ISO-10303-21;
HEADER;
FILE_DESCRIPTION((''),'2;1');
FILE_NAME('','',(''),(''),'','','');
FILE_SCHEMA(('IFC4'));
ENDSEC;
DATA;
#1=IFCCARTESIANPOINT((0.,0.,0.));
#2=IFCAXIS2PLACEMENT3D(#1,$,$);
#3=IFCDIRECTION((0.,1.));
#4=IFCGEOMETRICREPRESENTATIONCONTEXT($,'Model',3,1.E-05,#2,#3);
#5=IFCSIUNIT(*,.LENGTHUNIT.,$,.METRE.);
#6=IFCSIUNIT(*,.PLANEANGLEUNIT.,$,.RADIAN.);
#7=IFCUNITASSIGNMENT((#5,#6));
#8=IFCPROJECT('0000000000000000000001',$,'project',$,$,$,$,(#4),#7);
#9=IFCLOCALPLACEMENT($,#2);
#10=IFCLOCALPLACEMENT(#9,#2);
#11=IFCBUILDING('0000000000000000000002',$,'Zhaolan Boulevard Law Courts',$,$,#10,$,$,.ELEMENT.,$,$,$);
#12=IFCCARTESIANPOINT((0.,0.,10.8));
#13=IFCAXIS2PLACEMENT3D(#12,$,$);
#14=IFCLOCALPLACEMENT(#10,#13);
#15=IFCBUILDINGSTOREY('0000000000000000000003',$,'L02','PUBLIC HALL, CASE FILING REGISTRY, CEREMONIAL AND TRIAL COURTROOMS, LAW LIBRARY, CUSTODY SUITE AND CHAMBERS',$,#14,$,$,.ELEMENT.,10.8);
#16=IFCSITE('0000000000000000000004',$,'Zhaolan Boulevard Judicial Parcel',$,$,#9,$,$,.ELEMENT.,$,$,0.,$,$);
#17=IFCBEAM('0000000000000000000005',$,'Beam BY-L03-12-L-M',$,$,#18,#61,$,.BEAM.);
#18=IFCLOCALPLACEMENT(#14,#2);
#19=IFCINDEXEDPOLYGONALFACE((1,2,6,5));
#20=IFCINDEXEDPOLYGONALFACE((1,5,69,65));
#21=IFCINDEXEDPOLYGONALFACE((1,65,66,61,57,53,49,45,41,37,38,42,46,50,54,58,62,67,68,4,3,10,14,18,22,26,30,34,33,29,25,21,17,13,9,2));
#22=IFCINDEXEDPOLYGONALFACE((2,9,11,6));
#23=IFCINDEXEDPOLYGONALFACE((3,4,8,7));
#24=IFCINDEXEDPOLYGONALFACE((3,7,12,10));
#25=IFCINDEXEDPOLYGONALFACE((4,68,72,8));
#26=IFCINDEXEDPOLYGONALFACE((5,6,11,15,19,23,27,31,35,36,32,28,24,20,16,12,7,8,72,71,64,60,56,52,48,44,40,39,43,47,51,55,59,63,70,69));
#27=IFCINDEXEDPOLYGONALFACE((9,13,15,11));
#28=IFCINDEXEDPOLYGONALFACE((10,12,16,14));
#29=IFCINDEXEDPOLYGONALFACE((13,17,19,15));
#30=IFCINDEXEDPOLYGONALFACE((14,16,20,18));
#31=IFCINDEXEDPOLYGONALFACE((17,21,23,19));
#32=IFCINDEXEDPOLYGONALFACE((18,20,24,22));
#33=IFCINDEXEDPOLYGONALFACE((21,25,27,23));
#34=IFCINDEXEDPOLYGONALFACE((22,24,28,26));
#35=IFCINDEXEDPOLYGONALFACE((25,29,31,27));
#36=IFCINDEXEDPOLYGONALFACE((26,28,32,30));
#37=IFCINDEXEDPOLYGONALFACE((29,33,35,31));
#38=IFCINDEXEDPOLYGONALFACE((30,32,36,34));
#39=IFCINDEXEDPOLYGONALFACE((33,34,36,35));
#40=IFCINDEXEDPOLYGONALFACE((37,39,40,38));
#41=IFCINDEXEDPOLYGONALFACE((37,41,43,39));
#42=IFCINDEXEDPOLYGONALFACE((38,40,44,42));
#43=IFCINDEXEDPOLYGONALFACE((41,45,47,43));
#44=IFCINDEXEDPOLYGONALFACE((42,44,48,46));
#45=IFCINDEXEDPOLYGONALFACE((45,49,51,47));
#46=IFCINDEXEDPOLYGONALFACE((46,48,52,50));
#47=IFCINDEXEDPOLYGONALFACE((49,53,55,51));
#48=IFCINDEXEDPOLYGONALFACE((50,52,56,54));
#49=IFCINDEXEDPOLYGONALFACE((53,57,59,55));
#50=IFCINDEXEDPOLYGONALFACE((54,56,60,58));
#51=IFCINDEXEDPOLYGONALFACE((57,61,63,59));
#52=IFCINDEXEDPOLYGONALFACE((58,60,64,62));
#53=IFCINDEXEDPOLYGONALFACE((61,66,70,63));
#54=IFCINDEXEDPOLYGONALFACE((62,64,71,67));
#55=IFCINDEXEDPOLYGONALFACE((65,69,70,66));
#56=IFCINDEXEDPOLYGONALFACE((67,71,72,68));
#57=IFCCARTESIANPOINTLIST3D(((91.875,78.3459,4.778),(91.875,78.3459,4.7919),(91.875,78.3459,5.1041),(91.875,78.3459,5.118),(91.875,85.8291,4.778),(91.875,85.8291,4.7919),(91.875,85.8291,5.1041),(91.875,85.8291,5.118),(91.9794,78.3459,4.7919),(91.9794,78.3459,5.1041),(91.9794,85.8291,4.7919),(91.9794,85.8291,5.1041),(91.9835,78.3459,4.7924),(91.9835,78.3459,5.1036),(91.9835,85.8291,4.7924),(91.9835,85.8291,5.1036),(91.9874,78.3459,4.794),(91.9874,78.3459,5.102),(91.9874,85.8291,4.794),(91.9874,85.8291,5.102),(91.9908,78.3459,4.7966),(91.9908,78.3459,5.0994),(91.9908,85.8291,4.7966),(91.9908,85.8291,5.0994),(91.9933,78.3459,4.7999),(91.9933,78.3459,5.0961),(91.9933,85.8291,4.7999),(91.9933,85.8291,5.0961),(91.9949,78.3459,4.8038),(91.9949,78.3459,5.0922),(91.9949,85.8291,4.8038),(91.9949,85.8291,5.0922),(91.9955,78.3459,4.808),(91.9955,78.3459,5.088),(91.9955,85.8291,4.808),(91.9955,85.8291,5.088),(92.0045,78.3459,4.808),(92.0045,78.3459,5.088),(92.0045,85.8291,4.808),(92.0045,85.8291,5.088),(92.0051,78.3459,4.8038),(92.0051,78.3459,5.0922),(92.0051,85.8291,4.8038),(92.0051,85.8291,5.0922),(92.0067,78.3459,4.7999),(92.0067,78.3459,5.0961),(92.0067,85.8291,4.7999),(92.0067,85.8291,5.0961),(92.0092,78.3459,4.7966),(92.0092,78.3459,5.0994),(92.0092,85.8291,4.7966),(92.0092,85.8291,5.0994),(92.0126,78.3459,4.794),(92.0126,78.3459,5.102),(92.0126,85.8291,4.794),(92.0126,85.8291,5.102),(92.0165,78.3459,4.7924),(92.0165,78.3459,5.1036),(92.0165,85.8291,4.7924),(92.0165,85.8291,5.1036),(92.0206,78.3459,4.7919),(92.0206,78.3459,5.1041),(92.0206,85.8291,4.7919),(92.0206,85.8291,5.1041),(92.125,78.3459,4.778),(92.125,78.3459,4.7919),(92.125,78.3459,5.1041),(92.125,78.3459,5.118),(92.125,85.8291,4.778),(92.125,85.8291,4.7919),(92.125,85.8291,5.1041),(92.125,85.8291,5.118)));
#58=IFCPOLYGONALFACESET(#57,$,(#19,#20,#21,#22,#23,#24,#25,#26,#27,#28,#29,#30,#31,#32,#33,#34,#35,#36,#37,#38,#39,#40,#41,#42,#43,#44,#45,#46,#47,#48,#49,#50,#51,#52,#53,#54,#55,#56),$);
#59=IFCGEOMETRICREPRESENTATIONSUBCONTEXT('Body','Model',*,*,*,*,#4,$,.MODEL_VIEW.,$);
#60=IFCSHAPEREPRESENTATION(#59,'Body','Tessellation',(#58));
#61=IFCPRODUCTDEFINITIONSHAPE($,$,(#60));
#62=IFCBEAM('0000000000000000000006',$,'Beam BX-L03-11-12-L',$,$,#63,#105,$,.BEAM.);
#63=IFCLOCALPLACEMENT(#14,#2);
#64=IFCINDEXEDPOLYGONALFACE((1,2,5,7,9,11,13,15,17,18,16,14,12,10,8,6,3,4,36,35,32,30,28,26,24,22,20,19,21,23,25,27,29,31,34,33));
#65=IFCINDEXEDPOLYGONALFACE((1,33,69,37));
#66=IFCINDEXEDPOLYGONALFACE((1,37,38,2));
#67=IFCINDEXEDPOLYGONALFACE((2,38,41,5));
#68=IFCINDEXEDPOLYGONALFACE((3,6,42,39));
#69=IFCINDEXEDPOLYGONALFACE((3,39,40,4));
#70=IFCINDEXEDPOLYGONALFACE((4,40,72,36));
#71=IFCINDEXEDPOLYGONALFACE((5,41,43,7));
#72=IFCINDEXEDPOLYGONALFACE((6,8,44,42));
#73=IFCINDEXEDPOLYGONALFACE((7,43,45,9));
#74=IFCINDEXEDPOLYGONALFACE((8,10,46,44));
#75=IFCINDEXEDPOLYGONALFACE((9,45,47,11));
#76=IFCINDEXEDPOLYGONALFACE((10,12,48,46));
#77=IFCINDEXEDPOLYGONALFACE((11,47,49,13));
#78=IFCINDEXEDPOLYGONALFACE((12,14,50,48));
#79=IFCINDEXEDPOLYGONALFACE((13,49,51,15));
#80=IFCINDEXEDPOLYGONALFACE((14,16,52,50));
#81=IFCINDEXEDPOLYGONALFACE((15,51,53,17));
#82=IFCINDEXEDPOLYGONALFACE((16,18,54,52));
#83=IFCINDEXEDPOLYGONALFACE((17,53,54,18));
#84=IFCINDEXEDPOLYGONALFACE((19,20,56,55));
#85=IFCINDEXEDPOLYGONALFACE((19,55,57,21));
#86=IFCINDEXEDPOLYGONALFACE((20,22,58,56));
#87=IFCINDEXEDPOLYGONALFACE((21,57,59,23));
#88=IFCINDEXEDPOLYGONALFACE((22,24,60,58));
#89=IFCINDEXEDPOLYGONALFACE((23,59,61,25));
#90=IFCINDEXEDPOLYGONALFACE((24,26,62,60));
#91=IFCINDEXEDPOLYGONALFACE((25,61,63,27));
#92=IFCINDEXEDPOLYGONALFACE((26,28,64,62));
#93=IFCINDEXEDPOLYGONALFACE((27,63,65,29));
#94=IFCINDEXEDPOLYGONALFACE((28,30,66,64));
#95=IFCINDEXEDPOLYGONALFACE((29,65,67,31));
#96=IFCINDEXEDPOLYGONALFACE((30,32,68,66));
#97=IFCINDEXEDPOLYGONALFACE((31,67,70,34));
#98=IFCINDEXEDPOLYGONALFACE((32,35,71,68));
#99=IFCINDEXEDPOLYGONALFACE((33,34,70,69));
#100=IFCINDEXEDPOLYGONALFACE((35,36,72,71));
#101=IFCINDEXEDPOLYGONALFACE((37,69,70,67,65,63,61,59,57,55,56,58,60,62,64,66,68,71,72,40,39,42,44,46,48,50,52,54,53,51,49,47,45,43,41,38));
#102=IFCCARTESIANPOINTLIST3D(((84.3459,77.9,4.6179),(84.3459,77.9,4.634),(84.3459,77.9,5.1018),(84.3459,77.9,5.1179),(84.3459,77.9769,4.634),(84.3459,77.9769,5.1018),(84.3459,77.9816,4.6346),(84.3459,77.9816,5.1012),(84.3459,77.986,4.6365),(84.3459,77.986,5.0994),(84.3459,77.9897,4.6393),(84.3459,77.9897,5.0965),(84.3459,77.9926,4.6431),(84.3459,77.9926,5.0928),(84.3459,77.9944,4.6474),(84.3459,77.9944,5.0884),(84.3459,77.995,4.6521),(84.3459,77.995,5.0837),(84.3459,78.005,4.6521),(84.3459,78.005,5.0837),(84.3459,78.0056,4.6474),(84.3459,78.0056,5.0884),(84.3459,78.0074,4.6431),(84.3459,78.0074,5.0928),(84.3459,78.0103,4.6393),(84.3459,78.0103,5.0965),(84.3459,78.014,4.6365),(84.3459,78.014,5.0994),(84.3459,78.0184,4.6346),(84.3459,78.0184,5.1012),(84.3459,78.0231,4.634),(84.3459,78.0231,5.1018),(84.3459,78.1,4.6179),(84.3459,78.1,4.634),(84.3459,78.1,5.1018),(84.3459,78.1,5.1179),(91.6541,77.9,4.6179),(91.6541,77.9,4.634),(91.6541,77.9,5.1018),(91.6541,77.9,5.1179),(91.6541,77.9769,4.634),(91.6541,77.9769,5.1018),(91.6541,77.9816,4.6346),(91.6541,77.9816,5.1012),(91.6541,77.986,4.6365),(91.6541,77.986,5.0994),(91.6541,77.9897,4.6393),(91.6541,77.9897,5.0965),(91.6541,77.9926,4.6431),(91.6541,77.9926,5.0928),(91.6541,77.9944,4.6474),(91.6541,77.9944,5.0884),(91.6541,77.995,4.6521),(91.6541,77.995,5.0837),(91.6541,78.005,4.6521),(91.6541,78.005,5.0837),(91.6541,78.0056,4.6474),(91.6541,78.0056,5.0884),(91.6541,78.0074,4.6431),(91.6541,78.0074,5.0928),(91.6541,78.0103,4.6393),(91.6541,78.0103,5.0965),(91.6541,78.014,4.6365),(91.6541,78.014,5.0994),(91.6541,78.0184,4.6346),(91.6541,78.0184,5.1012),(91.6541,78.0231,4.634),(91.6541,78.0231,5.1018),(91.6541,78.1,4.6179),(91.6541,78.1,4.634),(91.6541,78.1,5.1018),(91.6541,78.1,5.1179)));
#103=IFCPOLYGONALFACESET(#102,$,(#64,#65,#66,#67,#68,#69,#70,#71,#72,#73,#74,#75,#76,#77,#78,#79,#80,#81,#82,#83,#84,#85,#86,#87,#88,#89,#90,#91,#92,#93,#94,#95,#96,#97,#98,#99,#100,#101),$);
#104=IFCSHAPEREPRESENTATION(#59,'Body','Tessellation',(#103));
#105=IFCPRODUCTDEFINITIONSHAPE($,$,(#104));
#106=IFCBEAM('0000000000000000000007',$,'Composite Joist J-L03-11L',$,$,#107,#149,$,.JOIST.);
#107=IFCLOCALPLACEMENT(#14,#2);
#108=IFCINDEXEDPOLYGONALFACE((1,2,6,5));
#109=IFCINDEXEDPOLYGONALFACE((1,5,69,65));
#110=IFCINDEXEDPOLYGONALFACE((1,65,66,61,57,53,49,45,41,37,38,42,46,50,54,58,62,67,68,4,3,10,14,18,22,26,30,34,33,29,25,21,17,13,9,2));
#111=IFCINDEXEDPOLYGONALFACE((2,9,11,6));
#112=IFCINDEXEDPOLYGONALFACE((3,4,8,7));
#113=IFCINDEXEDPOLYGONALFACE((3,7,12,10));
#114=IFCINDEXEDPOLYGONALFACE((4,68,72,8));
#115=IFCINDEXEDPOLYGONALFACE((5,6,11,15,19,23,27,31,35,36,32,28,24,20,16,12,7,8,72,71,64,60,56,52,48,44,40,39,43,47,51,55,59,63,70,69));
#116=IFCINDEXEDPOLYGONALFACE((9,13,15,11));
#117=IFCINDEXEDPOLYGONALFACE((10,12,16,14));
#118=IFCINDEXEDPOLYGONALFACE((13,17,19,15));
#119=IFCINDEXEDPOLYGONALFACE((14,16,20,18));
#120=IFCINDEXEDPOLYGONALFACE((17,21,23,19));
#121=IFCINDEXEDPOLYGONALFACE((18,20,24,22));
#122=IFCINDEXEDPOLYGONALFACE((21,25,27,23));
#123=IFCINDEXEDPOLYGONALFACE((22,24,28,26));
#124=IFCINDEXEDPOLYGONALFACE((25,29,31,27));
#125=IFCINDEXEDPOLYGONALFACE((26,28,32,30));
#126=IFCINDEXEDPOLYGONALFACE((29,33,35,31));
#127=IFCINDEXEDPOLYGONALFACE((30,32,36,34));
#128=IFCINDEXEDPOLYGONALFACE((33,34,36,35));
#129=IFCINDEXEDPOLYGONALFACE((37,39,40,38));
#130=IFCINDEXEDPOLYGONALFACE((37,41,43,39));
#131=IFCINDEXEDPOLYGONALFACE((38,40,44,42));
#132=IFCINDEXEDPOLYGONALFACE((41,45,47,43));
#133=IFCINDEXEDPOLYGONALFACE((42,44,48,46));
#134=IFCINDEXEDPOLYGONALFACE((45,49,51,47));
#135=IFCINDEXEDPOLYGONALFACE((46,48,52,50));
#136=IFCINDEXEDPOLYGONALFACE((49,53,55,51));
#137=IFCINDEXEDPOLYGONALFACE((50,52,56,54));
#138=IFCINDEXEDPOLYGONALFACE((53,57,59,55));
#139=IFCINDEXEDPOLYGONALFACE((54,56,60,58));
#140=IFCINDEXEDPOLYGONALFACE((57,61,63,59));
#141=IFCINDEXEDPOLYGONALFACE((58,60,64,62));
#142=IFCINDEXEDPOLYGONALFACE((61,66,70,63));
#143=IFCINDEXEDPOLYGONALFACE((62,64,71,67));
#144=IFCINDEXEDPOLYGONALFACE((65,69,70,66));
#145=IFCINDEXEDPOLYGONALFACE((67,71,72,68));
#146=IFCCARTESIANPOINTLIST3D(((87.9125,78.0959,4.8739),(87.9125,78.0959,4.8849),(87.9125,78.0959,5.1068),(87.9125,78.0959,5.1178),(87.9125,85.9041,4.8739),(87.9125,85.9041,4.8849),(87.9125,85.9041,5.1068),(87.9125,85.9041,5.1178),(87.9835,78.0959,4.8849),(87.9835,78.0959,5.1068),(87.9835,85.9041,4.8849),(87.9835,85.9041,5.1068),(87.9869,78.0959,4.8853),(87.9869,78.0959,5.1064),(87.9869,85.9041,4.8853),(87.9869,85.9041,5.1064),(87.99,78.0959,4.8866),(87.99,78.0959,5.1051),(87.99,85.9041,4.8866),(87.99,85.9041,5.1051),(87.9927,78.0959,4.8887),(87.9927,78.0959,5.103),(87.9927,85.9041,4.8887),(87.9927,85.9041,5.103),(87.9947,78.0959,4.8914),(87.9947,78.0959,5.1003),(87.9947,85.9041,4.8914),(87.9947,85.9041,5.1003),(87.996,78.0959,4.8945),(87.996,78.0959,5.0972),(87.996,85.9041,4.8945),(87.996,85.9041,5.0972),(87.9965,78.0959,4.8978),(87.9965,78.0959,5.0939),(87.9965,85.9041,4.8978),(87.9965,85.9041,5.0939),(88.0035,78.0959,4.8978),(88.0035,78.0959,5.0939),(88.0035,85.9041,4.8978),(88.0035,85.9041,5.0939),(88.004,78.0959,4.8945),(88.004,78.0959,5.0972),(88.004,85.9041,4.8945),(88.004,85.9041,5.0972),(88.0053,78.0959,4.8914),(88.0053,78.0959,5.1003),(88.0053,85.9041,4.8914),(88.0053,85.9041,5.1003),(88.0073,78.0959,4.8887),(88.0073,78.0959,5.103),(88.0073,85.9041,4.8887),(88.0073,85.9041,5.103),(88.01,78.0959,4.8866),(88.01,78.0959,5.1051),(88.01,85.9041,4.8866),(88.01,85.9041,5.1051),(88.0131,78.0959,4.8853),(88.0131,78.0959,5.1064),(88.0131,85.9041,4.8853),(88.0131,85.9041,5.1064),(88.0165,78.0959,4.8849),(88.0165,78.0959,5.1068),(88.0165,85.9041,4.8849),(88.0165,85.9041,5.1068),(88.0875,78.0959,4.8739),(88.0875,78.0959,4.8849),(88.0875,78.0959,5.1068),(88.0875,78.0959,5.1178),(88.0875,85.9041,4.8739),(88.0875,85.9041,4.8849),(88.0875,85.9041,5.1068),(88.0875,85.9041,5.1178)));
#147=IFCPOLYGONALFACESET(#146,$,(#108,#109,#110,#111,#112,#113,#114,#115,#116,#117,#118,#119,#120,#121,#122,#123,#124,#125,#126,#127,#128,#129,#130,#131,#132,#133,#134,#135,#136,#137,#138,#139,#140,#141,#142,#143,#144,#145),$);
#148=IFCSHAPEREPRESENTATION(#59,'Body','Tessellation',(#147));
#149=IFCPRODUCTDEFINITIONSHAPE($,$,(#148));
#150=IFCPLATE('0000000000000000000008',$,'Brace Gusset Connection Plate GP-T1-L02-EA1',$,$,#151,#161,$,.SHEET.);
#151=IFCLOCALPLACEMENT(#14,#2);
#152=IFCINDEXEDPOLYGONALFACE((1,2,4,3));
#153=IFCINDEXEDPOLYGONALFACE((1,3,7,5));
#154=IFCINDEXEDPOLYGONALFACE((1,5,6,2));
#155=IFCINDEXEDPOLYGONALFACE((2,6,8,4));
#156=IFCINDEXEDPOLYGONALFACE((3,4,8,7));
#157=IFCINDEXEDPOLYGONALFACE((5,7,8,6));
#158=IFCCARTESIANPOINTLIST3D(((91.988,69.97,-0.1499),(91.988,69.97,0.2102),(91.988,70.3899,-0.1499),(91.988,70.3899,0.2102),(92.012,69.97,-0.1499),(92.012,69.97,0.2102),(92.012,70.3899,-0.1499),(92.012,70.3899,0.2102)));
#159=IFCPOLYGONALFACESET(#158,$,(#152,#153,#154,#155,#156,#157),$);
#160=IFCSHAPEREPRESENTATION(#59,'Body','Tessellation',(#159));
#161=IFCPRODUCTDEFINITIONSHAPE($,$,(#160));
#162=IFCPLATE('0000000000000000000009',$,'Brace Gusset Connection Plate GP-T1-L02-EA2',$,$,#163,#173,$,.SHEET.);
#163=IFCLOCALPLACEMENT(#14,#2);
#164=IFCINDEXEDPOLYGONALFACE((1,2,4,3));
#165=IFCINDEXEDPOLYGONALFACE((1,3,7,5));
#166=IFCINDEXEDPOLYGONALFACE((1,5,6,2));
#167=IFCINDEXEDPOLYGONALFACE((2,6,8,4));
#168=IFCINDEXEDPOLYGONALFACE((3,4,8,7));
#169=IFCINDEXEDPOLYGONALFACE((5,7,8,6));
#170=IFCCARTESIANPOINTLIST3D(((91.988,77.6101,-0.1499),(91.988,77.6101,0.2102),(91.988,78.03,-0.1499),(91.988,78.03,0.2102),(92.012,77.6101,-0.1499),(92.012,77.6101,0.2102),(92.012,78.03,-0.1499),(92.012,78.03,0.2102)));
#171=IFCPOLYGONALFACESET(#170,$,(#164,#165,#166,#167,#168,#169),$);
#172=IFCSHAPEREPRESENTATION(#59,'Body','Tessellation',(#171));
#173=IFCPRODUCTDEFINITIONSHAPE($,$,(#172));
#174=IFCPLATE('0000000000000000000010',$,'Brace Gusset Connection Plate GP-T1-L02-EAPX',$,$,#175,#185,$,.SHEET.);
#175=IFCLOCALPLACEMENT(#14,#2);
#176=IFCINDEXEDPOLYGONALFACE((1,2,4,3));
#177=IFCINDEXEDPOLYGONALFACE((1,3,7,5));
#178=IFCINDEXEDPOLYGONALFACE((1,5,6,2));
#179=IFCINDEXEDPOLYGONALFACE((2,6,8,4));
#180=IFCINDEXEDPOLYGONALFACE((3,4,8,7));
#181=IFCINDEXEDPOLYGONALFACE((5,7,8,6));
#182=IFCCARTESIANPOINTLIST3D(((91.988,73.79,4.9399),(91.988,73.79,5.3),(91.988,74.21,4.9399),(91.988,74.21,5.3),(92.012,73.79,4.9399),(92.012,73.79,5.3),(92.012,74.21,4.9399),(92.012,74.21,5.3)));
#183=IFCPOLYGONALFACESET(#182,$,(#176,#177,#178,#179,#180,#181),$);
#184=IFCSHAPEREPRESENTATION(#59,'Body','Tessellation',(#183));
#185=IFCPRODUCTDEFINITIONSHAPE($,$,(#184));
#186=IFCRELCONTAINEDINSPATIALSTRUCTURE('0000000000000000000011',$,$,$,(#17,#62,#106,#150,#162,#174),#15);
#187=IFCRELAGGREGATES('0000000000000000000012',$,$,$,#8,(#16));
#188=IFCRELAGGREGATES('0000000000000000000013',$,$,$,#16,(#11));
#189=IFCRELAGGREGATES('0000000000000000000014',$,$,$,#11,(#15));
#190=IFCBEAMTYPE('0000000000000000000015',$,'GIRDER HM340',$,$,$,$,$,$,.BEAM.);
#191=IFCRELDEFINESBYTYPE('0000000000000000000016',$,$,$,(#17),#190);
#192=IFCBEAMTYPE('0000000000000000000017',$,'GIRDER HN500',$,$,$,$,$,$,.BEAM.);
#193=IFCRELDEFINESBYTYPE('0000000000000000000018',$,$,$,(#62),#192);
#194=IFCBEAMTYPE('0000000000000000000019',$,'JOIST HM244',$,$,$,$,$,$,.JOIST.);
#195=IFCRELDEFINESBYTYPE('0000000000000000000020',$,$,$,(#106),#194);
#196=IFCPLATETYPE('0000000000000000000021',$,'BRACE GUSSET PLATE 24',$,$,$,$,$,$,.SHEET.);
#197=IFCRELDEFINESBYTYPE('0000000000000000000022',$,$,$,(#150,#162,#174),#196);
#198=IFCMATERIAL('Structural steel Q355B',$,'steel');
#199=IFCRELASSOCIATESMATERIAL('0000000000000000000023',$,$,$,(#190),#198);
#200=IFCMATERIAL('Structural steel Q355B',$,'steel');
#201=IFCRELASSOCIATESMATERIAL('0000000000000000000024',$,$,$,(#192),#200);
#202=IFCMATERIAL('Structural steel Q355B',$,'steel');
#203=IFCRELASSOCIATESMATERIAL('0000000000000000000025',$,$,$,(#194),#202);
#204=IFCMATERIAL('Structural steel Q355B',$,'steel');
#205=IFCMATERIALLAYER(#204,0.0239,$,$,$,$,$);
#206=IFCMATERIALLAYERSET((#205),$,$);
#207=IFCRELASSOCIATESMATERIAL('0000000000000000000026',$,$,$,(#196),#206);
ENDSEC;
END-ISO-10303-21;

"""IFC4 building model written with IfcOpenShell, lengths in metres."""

from ifc_helpers import new_model, si_unit, direction, frame, origin, origin_2d, place, context, subcontext, project, spatial, rectangle, i_section, extrude, material, layer, layer_set, material_profile, profile_set, type_object, element, save


model = new_model("IFC4")

# Units and contexts
model_context = context("Model", 3, precision=1e-05, world=origin(), true_north=direction((0.0, 1.0)))
body_context = subcontext(model_context, "Body", "Model", "MODEL_VIEW")
ifc_project = project(units=[si_unit("LENGTHUNIT", "METRE"), si_unit("PLANEANGLEUNIT", "RADIAN")], contexts=[model_context])

# Site, building, storey
site_placement = place(None, origin())
site = spatial("IfcSite", under=ifc_project, at=site_placement, Name="Zhaolan Boulevard Judicial Parcel", CompositionType="ELEMENT", RefElevation=0.0)
building_placement = place(site_placement, origin())
building = spatial("IfcBuilding", under=site, at=building_placement, Name="Zhaolan Boulevard Law Courts", CompositionType="ELEMENT")
storey_placement = place(building_placement, frame((0.0, 0.0, 10.8)))
storey = spatial("IfcBuildingStorey", under=building, at=storey_placement, Name="L02", Description="PUBLIC HALL, CASE FILING REGISTRY, CEREMONIAL AND TRIAL COURTROOMS, LAW LIBRARY, CUSTODY SUITE AND CHAMBERS", CompositionType="ELEMENT", Elevation=10.8)

# Beams
ifc_material_1 = material(Name="Structural steel Q355B", Category="steel")
ifc_material_profile_1 = material_profile(ifc_material_1, i_section(OverallWidth=0.25, OverallDepth=0.3401, WebThickness=0.009, FlangeThickness=0.0139, FilletRadius=0.0161, at=origin_2d()), Name="HM340x250")
ifc_profile_set_1 = profile_set([ifc_material_profile_1], Name="Structural steel Q355B")
beam_type_1 = type_object("IfcBeamType", Name="GIRDER HM340", PredefinedType="BEAM", material=ifc_profile_set_1)
beam_1_placement = place(storey_placement, frame((92.0, 78.3459, 4.948), z_axis=(0.0, 1.0, 0.0), x_axis=(-1.0, 0.0, 0.0)))
element("IfcBeam", 1, at=beam_1_placement, inside=storey, type_object=beam_type_1, Name="Beam BY-L03-12-L-M", PredefinedType="BEAM", context=body_context, shape_type="SweptSolid", body=[
    extrude(i_section(OverallWidth=0.25, OverallDepth=0.3401, WebThickness=0.009, FlangeThickness=0.0139, FilletRadius=0.0161, at=origin_2d()), origin(), (0.0, 0.0, 1.0), 7.4832),
])
ifc_material_2 = material(Name="Structural steel Q355B", Category="steel")
ifc_material_profile_2 = material_profile(ifc_material_2, i_section(OverallWidth=0.2, OverallDepth=0.5, WebThickness=0.01, FlangeThickness=0.0161, FilletRadius=0.0181, at=origin_2d()), Name="HN500x200")
ifc_profile_set_2 = profile_set([ifc_material_profile_2], Name="Structural steel Q355B")
beam_type_2 = type_object("IfcBeamType", Name="GIRDER HN500", PredefinedType="BEAM", material=ifc_profile_set_2)
beam_2_placement = place(storey_placement, frame((84.3459, 78.0, 4.8679), z_axis=(1.0, 0.0, 0.0), x_axis=(0.0, 1.0, 0.0)))
element("IfcBeam", 2, at=beam_2_placement, inside=storey, type_object=beam_type_2, Name="Beam BX-L03-11-12-L", PredefinedType="BEAM", context=body_context, shape_type="SweptSolid", body=[
    extrude(i_section(OverallWidth=0.2, OverallDepth=0.5, WebThickness=0.01, FlangeThickness=0.0161, FilletRadius=0.0181, at=origin_2d()), origin(), (0.0, 0.0, 1.0), 7.3081),
])
ifc_material_3 = material(Name="Structural steel Q355B", Category="steel")
ifc_material_profile_3 = material_profile(ifc_material_3, i_section(OverallWidth=0.175, OverallDepth=0.2439, WebThickness=0.0071, FlangeThickness=0.011, FilletRadius=0.0129, at=origin_2d()), Name="HM244x175")
ifc_profile_set_3 = profile_set([ifc_material_profile_3], Name="Structural steel Q355B")
beam_type_3 = type_object("IfcBeamType", Name="JOIST HM244", PredefinedType="JOIST", material=ifc_profile_set_3)
beam_3_placement = place(storey_placement, frame((88.0, 78.0959, 4.9958), z_axis=(0.0, 1.0, 0.0), x_axis=(-1.0, 0.0, 0.0)))
element("IfcBeam", 3, at=beam_3_placement, inside=storey, type_object=beam_type_3, Name="Composite Joist J-L03-11L", PredefinedType="JOIST", context=body_context, shape_type="SweptSolid", body=[
    extrude(i_section(OverallWidth=0.175, OverallDepth=0.2439, WebThickness=0.0071, FlangeThickness=0.011, FilletRadius=0.0129, at=origin_2d()), origin(), (0.0, 0.0, 1.0), 7.8081),
])

# Plates
ifc_material_4 = material(Name="Structural steel Q355B", Category="steel")
ifc_layer_1 = layer(ifc_material_4, 0.0239)
ifc_layer_set_1 = layer_set([ifc_layer_1])
plate_type_1 = type_object("IfcPlateType", Name="BRACE GUSSET PLATE 24", PredefinedType="SHEET", material=ifc_layer_set_1)
for number, where, z_axis, x_axis, name in (
    (4, (92.0, 70.1799, -0.1499), (0.0, 0.0, 1.0), (0.0, 1.0, 0.0), "Brace Gusset Connection Plate GP-T1-L02-EA1"),
    (5, (92.0, 77.8201, -0.1499), (0.0, 0.0, 1.0), (0.0, 1.0, 0.0), "Brace Gusset Connection Plate GP-T1-L02-EA2"),
    (6, (92.0, 74.0, 4.9399), (0.0, 0.0, 1.0), (0.0, 1.0, 0.0), "Brace Gusset Connection Plate GP-T1-L02-EAPX"),
):
    element("IfcPlate", number, at=place(storey_placement, frame(where, z_axis=z_axis, x_axis=x_axis)), inside=storey, type_object=plate_type_1, Name=name, PredefinedType="SHEET", context=body_context, shape_type="SweptSolid", body=[
        extrude(rectangle(XDim=0.4199, YDim=0.0239, at=origin_2d()), origin(), (0.0, 0.0, 1.0), 0.3601),
    ])

save(model, "model.ifc")
